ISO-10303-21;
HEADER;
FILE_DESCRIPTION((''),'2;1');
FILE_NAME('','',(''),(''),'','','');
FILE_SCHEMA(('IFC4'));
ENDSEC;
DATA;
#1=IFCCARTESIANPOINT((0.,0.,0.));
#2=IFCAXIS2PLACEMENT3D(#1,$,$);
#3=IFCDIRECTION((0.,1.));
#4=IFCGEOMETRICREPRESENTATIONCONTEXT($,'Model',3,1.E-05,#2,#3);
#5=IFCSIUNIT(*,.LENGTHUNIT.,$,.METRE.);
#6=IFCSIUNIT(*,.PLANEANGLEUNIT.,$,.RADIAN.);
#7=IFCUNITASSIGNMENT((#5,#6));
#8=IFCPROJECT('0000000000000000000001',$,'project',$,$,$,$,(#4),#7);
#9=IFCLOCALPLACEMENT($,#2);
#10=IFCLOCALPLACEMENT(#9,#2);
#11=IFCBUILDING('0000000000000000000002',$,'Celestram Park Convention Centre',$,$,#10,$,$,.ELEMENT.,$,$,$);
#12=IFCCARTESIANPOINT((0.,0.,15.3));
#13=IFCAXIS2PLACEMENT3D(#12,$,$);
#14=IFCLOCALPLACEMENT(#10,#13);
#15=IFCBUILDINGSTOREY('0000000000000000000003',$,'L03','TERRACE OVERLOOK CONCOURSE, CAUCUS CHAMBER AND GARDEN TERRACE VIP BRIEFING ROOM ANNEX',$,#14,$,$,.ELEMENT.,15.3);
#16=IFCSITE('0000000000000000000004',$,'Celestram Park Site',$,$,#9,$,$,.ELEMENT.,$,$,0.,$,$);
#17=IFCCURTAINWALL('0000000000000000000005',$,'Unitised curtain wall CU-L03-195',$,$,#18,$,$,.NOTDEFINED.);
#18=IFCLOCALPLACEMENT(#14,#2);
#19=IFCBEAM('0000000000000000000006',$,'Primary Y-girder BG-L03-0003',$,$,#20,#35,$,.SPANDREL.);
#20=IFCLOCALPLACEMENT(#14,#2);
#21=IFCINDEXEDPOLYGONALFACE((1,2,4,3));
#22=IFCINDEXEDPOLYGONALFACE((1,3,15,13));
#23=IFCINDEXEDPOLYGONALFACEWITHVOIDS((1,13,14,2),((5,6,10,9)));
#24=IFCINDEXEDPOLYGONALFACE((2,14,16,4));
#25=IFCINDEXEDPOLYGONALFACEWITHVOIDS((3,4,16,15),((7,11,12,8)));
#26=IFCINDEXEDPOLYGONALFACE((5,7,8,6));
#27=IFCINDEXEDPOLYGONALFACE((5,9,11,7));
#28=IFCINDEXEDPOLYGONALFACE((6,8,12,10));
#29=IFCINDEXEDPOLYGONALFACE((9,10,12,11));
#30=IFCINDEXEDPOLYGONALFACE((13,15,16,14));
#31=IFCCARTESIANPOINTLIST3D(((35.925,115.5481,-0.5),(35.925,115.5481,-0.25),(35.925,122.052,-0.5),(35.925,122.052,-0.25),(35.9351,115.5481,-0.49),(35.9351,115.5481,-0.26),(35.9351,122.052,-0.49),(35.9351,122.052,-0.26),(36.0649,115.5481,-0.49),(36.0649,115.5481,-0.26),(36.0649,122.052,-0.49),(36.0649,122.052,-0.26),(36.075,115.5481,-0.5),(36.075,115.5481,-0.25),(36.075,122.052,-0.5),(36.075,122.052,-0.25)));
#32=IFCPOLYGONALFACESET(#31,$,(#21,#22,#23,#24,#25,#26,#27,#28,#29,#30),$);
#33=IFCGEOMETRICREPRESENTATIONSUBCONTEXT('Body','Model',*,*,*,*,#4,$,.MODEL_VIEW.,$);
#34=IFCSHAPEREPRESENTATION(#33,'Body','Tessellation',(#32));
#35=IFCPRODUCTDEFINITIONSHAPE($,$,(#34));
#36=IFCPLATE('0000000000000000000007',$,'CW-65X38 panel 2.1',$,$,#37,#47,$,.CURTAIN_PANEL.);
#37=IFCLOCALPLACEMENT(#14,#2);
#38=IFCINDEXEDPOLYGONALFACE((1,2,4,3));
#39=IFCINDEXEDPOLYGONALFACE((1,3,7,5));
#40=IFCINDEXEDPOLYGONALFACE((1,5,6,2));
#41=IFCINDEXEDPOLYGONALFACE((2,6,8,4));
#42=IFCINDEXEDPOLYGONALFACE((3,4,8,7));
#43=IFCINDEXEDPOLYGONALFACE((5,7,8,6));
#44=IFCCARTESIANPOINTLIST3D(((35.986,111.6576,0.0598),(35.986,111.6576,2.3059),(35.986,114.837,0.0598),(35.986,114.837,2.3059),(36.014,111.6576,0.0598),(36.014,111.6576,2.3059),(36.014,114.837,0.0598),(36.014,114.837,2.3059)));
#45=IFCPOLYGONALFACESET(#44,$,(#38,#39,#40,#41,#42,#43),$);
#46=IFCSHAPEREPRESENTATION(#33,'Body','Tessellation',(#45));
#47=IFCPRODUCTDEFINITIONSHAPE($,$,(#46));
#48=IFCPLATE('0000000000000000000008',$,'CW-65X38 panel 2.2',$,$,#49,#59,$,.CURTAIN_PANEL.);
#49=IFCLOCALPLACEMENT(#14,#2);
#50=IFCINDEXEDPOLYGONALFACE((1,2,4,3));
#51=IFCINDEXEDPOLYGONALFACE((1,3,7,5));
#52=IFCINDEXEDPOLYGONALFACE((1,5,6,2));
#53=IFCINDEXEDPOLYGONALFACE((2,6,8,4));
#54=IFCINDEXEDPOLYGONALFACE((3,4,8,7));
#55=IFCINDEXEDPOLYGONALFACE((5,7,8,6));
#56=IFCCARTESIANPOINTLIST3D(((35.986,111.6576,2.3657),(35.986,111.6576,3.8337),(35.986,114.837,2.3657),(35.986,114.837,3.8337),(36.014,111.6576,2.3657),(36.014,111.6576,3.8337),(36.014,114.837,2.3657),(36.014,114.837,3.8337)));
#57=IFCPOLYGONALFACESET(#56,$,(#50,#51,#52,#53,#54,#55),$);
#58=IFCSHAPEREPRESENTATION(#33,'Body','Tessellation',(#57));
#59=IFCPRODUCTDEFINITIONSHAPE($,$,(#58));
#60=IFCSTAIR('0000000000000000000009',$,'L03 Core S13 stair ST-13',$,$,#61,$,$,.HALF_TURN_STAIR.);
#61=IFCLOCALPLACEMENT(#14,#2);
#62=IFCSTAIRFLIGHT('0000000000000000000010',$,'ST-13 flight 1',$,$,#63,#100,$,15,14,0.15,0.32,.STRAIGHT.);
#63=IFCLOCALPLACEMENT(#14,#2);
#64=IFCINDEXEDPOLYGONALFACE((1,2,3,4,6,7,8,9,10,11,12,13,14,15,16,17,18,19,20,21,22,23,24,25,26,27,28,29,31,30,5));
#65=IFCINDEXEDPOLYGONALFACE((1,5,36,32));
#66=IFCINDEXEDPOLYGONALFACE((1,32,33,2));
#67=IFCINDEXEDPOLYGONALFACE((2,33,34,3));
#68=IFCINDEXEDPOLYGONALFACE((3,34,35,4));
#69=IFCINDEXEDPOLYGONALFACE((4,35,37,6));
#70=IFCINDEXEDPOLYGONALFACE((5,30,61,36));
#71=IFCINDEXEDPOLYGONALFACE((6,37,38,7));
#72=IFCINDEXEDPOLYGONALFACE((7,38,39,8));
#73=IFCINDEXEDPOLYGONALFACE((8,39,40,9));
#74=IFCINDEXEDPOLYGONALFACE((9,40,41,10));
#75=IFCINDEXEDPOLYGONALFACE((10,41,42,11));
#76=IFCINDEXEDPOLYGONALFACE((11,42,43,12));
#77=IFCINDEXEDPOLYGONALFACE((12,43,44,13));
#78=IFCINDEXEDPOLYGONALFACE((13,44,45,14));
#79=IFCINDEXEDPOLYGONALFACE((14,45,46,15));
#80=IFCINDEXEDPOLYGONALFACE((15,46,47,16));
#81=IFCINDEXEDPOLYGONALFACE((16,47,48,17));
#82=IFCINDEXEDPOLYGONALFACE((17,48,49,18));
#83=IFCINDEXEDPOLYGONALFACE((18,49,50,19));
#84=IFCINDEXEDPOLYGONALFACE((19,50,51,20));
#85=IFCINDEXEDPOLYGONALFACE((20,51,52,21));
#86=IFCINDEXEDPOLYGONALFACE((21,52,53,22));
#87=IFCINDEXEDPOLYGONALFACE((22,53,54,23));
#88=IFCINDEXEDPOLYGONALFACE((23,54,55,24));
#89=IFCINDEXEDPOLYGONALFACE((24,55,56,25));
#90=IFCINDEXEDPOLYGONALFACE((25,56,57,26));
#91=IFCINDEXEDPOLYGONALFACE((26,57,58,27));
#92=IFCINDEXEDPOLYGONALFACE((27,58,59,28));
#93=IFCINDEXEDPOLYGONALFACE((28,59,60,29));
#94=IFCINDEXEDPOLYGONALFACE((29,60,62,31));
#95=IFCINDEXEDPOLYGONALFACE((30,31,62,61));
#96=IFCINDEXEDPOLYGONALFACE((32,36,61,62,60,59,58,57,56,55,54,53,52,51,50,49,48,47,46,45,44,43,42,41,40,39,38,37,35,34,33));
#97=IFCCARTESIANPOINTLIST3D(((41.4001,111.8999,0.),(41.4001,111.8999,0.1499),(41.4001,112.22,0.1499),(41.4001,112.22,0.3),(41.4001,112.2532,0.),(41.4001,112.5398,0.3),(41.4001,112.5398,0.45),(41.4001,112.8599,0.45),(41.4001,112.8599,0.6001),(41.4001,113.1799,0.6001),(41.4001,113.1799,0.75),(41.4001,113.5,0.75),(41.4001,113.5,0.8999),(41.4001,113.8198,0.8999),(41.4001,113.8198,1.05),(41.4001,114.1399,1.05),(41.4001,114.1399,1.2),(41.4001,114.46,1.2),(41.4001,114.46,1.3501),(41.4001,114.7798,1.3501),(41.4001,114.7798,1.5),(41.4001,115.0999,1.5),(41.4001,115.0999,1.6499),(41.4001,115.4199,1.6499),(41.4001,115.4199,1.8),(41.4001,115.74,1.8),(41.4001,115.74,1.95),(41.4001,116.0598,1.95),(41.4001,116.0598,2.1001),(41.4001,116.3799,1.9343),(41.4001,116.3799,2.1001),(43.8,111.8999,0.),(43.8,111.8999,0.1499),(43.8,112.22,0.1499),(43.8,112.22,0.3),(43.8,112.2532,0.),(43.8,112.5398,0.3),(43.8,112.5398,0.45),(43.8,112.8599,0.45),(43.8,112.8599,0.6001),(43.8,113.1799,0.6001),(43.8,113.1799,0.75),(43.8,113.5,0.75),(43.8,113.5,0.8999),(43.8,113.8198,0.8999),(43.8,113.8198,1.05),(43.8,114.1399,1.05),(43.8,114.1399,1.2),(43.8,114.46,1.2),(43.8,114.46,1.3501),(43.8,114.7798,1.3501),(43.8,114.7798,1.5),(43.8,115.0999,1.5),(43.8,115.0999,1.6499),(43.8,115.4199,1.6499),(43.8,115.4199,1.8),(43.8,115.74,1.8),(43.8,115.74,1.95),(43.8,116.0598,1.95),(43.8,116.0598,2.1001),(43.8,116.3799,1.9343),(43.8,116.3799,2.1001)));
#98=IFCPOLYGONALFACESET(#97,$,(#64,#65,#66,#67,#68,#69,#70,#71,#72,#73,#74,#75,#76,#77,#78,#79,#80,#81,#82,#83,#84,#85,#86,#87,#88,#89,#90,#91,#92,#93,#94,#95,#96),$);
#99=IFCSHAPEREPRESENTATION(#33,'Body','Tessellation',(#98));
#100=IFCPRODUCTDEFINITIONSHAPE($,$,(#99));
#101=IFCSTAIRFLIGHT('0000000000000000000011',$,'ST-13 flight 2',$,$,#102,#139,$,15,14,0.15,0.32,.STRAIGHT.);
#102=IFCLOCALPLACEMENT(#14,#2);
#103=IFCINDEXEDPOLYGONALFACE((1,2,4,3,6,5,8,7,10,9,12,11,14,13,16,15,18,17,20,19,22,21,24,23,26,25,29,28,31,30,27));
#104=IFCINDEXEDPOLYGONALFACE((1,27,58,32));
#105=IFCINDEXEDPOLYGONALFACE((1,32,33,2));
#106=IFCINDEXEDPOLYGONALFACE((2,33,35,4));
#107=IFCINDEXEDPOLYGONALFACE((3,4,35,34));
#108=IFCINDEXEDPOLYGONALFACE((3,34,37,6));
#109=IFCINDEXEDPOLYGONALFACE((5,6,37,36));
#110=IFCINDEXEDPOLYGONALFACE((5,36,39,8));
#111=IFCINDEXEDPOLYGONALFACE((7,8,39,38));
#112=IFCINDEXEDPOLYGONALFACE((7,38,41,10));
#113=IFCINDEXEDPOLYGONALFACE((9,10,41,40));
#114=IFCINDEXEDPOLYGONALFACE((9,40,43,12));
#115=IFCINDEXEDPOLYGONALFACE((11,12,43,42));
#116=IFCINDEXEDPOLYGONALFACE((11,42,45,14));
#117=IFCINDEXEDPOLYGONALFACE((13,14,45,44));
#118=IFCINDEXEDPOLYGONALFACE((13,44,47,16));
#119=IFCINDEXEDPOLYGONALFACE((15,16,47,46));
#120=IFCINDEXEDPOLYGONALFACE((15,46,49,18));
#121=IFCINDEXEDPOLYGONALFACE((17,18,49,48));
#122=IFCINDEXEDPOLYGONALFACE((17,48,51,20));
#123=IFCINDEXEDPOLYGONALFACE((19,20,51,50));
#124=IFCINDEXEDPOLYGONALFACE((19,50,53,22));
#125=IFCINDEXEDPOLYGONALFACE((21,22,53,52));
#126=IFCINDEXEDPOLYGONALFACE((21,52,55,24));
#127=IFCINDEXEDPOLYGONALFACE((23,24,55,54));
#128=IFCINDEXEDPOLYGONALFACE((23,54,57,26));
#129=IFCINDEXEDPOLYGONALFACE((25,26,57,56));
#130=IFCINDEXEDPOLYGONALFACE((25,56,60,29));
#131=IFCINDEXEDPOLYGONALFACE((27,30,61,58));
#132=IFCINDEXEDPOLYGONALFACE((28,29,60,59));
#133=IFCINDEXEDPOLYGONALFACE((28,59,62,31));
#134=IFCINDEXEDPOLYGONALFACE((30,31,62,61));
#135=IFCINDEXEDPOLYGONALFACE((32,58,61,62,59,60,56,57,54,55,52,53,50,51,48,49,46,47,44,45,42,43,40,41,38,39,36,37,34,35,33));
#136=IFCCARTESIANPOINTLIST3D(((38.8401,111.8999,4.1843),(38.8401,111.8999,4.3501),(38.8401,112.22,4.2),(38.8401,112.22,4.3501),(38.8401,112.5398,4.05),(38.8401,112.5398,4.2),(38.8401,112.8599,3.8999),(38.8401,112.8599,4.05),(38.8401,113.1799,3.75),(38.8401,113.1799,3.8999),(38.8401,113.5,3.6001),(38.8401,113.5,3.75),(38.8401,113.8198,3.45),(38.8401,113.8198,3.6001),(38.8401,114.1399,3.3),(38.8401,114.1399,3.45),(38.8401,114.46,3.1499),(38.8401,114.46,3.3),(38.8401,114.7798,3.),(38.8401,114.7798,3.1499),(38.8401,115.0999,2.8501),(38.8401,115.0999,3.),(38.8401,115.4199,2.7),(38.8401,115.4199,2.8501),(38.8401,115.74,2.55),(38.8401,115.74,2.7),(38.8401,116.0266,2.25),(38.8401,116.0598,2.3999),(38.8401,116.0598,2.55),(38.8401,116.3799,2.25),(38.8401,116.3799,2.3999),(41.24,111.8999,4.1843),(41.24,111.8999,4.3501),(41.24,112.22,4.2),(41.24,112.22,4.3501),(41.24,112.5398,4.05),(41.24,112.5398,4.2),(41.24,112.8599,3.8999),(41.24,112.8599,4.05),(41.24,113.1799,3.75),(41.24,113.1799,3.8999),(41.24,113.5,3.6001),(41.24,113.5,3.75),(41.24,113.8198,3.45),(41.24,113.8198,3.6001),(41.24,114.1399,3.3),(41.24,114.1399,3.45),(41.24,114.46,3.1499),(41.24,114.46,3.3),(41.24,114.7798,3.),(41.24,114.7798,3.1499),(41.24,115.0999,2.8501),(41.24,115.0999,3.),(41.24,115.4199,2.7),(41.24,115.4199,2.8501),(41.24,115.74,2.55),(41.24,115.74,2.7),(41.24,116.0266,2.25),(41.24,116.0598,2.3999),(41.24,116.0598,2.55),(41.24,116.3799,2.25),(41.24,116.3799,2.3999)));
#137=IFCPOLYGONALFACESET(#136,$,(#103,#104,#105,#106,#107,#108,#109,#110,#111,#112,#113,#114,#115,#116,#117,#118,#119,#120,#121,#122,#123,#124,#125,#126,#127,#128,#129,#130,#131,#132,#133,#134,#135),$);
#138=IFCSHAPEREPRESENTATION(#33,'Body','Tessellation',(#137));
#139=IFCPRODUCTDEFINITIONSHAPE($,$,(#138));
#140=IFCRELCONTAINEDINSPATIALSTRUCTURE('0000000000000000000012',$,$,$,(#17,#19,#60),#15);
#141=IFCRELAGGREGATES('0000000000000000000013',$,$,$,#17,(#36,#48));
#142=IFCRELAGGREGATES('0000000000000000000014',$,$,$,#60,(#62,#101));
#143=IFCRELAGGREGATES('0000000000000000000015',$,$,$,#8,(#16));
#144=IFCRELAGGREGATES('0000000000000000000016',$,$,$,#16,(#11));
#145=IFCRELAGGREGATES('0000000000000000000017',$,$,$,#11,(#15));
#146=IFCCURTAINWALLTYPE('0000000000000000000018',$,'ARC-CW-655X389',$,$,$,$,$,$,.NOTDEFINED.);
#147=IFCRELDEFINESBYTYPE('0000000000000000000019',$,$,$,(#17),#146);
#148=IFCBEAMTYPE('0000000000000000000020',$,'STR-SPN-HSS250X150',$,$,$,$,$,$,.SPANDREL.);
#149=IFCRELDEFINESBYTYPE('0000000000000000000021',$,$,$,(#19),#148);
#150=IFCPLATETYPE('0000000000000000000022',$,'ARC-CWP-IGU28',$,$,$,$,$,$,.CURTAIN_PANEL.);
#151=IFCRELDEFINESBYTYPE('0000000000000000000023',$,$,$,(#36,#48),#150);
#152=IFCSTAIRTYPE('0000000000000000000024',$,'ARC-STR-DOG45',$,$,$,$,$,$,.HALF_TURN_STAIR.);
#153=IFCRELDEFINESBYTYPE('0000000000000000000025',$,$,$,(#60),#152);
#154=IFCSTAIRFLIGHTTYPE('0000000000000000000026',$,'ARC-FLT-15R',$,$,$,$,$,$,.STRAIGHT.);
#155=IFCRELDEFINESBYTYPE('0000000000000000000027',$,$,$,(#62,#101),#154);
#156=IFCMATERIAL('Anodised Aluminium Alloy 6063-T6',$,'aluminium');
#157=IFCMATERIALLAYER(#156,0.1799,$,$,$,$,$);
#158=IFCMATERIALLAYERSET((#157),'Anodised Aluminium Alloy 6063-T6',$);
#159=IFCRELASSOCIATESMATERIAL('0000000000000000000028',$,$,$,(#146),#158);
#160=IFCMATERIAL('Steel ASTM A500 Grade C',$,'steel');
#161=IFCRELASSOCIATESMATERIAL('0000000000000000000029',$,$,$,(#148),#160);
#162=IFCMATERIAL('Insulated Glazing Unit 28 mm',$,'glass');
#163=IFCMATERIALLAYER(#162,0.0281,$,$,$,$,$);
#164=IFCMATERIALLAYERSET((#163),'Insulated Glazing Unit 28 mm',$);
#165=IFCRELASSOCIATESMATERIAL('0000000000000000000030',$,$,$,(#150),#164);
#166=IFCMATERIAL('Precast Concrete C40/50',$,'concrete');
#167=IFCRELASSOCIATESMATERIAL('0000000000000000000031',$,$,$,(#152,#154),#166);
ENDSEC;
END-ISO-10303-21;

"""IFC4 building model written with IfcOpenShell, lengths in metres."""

from ifc_helpers import new_model, si_unit, direction, frame, origin, origin_2d, place, context, subcontext, project, spatial, polyline, rectangle, hollow_rectangle, outline, extrude, material, layer, layer_set, material_profile, profile_set, type_object, element, aggregate, save


model = new_model("IFC4")

# Units and contexts
model_context = context("Model", 3, precision=1e-05, world=origin(), true_north=direction((0.0, 1.0)))
body_context = subcontext(model_context, "Body", "Model", "MODEL_VIEW")
ifc_project = project(units=[si_unit("LENGTHUNIT", "METRE"), si_unit("PLANEANGLEUNIT", "RADIAN")], contexts=[model_context])

# Site, building, storey
site_placement = place(None, origin())
site = spatial("IfcSite", under=ifc_project, at=site_placement, Name="Celestram Park Site", CompositionType="ELEMENT", RefElevation=0.0)
building_placement = place(site_placement, origin())
building = spatial("IfcBuilding", under=site, at=building_placement, Name="Celestram Park Convention Centre", CompositionType="ELEMENT")
storey_placement = place(building_placement, frame((0.0, 0.0, 15.3)))
storey = spatial("IfcBuildingStorey", under=building, at=storey_placement, Name="L03", Description="TERRACE OVERLOOK CONCOURSE, CAUCUS CHAMBER AND GARDEN TERRACE VIP BRIEFING ROOM ANNEX", CompositionType="ELEMENT", Elevation=15.3)

# Curtain wall
ifc_material_1 = material(Name="Anodised Aluminium Alloy 6063-T6", Category="aluminium")
ifc_layer_1 = layer(ifc_material_1, 0.1799)
ifc_layer_set_1 = layer_set([ifc_layer_1], Name="Anodised Aluminium Alloy 6063-T6")
curtain_wall_type_1 = type_object("IfcCurtainWallType", Name="ARC-CW-655X389", PredefinedType="NOTDEFINED", material=ifc_layer_set_1)
curtain_wall_1_placement = place(storey_placement, origin())
curtain_wall_1 = element("IfcCurtainWall", 1, at=curtain_wall_1_placement, inside=storey, type_object=curtain_wall_type_1, Name="Unitised curtain wall CU-L03-195", PredefinedType="NOTDEFINED")

# Beam
ifc_material_2 = material(Name="Steel ASTM A500 Grade C", Category="steel")
ifc_material_profile_1 = material_profile(ifc_material_2, hollow_rectangle(XDim=0.1499, YDim=0.25, WallThickness=0.01, at=origin_2d()), Name="HSS250X150X10")
ifc_profile_set_1 = profile_set([ifc_material_profile_1], Name="Steel ASTM A500 Grade C")
beam_type_1 = type_object("IfcBeamType", Name="STR-SPN-HSS250X150", PredefinedType="SPANDREL", material=ifc_profile_set_1)
beam_1_placement = place(storey_placement, frame((36.0, 115.5481, -0.375), z_axis=(0.0, 1.0, 0.0), x_axis=(-1.0, 0.0, 0.0)))
element("IfcBeam", 2, at=beam_1_placement, inside=storey, type_object=beam_type_1, Name="Primary Y-girder BG-L03-0003", PredefinedType="SPANDREL", context=body_context, shape_type="SweptSolid", body=[
    extrude(hollow_rectangle(XDim=0.1499, YDim=0.25, WallThickness=0.01, at=origin_2d()), origin(), (0.0, 0.0, 1.0), 6.5039),
])

# Plates
ifc_material_3 = material(Name="Insulated Glazing Unit 28 mm", Category="glass")
ifc_layer_2 = layer(ifc_material_3, 0.0281)
ifc_layer_set_2 = layer_set([ifc_layer_2], Name="Insulated Glazing Unit 28 mm")
plate_type = type_object("IfcPlateType", Name="ARC-CWP-IGU28", PredefinedType="CURTAIN_PANEL", material=ifc_layer_set_2)
plate_1_placement = place(storey_placement, frame((36.0, 113.2473, 0.0598), z_axis=(0.0, 0.0, 1.0), x_axis=(0.0, 1.0, 0.0)))
plate_1 = element("IfcPlate", 3, at=plate_1_placement, type_object=plate_type, Name="CW-65X38 panel 2.1", PredefinedType="CURTAIN_PANEL", context=body_context, shape_type="SweptSolid", body=[
    extrude(rectangle(XDim=3.1794, YDim=0.0281, at=origin_2d()), origin(), (0.0, 0.0, 1.0), 2.2461),
])
plate_2_placement = place(storey_placement, frame((36.0, 113.2473, 2.3657), z_axis=(0.0, 0.0, 1.0), x_axis=(0.0, 1.0, 0.0)))
plate_2 = element("IfcPlate", 4, at=plate_2_placement, type_object=plate_type, Name="CW-65X38 panel 2.2", PredefinedType="CURTAIN_PANEL", context=body_context, shape_type="SweptSolid", body=[
    extrude(rectangle(XDim=3.1794, YDim=0.0281, at=origin_2d()), origin(), (0.0, 0.0, 1.0), 1.468),
])
aggregate(curtain_wall_1, [plate_1, plate_2])

# Stair, stair flights
ifc_material_4 = material(Name="Precast Concrete C40/50", Category="concrete")
stair_type = type_object("IfcStairType", Name="ARC-STR-DOG45", PredefinedType="HALF_TURN_STAIR", material=ifc_material_4)
stair_placement = place(storey_placement, origin())
stair = element("IfcStair", 5, at=stair_placement, inside=storey, type_object=stair_type, Name="L03 Core S13 stair ST-13", PredefinedType="HALF_TURN_STAIR")
stair_flight_type = type_object("IfcStairFlightType", Name="ARC-FLT-15R", PredefinedType="STRAIGHT", material=ifc_material_4)
stair_flight_1_placement = place(storey_placement, frame((42.6001, 111.8999, 0.0), z_axis=(0.0, 0.0, 1.0), x_axis=(0.0, 1.0, 0.0)))
stair_flight_1 = element("IfcStairFlight", 6, at=stair_flight_1_placement, type_object=stair_flight_type, Name="ST-13 flight 1", NumberOfRisers=15, NumberOfTreads=14, PredefinedType="STRAIGHT", RiserHeight=0.15, TreadLength=0.32, context=body_context, shape_type="SweptSolid", body=[
    extrude(outline(polyline([(0.0, 0.0), (0.0, 0.1499), (0.3201, 0.1499), (0.3201, 0.3), (0.6399, 0.3), (0.6399, 0.45), (0.96, 0.45), (0.96, 0.6001), (1.28, 0.6001), (1.28, 0.75), (1.6001, 0.75), (1.6001, 0.8999), (1.9199, 0.8999), (1.9199, 1.05), (2.24, 1.05), (2.24, 1.2), (2.5601, 1.2), (2.5601, 1.3501), (2.8799, 1.3501), (2.8799, 1.5), (3.2, 1.5), (3.2, 1.6499), (3.52, 1.6499), (3.52, 1.8), (3.8401, 1.8), (3.8401, 1.95), (4.1599, 1.95), (4.1599, 2.1001), (4.48, 2.1001), (4.48, 2.25), (4.48, 1.9343), (0.3533, 0.0), (0.0, 0.0)])), frame((0.0, 1.2, 0.0), z_axis=(0.0, -1.0, 0.0), x_axis=(1.0, 0.0, 0.0)), (0.0, 0.0, 1.0), 2.3999),
])
stair_flight_2_placement = place(storey_placement, frame((40.04, 116.3799, 2.25), z_axis=(0.0, 0.0, 1.0), x_axis=(0.0, -1.0, 0.0)))
stair_flight_2 = element("IfcStairFlight", 7, at=stair_flight_2_placement, type_object=stair_flight_type, Name="ST-13 flight 2", NumberOfRisers=15, NumberOfTreads=14, PredefinedType="STRAIGHT", RiserHeight=0.15, TreadLength=0.32, context=body_context, shape_type="SweptSolid", body=[
    extrude(outline(polyline([(0.0, 0.0), (0.0, 0.1499), (0.3201, 0.1499), (0.3201, 0.3), (0.6399, 0.3), (0.6399, 0.45), (0.96, 0.45), (0.96, 0.6001), (1.28, 0.6001), (1.28, 0.75), (1.6001, 0.75), (1.6001, 0.8999), (1.9199, 0.8999), (1.9199, 1.05), (2.24, 1.05), (2.24, 1.2), (2.5601, 1.2), (2.5601, 1.3501), (2.8799, 1.3501), (2.8799, 1.5), (3.2, 1.5), (3.2, 1.6499), (3.52, 1.6499), (3.52, 1.8), (3.8401, 1.8), (3.8401, 1.95), (4.1599, 1.95), (4.1599, 2.1001), (4.48, 2.1001), (4.48, 2.25), (4.48, 1.9343), (0.3533, 0.0), (0.0, 0.0)])), frame((0.0, 1.2, 0.0), z_axis=(0.0, -1.0, 0.0), x_axis=(1.0, 0.0, 0.0)), (0.0, 0.0, 1.0), 2.3999),
])
aggregate(stair, [stair_flight_1, stair_flight_2])

save(model, "model.ifc")
